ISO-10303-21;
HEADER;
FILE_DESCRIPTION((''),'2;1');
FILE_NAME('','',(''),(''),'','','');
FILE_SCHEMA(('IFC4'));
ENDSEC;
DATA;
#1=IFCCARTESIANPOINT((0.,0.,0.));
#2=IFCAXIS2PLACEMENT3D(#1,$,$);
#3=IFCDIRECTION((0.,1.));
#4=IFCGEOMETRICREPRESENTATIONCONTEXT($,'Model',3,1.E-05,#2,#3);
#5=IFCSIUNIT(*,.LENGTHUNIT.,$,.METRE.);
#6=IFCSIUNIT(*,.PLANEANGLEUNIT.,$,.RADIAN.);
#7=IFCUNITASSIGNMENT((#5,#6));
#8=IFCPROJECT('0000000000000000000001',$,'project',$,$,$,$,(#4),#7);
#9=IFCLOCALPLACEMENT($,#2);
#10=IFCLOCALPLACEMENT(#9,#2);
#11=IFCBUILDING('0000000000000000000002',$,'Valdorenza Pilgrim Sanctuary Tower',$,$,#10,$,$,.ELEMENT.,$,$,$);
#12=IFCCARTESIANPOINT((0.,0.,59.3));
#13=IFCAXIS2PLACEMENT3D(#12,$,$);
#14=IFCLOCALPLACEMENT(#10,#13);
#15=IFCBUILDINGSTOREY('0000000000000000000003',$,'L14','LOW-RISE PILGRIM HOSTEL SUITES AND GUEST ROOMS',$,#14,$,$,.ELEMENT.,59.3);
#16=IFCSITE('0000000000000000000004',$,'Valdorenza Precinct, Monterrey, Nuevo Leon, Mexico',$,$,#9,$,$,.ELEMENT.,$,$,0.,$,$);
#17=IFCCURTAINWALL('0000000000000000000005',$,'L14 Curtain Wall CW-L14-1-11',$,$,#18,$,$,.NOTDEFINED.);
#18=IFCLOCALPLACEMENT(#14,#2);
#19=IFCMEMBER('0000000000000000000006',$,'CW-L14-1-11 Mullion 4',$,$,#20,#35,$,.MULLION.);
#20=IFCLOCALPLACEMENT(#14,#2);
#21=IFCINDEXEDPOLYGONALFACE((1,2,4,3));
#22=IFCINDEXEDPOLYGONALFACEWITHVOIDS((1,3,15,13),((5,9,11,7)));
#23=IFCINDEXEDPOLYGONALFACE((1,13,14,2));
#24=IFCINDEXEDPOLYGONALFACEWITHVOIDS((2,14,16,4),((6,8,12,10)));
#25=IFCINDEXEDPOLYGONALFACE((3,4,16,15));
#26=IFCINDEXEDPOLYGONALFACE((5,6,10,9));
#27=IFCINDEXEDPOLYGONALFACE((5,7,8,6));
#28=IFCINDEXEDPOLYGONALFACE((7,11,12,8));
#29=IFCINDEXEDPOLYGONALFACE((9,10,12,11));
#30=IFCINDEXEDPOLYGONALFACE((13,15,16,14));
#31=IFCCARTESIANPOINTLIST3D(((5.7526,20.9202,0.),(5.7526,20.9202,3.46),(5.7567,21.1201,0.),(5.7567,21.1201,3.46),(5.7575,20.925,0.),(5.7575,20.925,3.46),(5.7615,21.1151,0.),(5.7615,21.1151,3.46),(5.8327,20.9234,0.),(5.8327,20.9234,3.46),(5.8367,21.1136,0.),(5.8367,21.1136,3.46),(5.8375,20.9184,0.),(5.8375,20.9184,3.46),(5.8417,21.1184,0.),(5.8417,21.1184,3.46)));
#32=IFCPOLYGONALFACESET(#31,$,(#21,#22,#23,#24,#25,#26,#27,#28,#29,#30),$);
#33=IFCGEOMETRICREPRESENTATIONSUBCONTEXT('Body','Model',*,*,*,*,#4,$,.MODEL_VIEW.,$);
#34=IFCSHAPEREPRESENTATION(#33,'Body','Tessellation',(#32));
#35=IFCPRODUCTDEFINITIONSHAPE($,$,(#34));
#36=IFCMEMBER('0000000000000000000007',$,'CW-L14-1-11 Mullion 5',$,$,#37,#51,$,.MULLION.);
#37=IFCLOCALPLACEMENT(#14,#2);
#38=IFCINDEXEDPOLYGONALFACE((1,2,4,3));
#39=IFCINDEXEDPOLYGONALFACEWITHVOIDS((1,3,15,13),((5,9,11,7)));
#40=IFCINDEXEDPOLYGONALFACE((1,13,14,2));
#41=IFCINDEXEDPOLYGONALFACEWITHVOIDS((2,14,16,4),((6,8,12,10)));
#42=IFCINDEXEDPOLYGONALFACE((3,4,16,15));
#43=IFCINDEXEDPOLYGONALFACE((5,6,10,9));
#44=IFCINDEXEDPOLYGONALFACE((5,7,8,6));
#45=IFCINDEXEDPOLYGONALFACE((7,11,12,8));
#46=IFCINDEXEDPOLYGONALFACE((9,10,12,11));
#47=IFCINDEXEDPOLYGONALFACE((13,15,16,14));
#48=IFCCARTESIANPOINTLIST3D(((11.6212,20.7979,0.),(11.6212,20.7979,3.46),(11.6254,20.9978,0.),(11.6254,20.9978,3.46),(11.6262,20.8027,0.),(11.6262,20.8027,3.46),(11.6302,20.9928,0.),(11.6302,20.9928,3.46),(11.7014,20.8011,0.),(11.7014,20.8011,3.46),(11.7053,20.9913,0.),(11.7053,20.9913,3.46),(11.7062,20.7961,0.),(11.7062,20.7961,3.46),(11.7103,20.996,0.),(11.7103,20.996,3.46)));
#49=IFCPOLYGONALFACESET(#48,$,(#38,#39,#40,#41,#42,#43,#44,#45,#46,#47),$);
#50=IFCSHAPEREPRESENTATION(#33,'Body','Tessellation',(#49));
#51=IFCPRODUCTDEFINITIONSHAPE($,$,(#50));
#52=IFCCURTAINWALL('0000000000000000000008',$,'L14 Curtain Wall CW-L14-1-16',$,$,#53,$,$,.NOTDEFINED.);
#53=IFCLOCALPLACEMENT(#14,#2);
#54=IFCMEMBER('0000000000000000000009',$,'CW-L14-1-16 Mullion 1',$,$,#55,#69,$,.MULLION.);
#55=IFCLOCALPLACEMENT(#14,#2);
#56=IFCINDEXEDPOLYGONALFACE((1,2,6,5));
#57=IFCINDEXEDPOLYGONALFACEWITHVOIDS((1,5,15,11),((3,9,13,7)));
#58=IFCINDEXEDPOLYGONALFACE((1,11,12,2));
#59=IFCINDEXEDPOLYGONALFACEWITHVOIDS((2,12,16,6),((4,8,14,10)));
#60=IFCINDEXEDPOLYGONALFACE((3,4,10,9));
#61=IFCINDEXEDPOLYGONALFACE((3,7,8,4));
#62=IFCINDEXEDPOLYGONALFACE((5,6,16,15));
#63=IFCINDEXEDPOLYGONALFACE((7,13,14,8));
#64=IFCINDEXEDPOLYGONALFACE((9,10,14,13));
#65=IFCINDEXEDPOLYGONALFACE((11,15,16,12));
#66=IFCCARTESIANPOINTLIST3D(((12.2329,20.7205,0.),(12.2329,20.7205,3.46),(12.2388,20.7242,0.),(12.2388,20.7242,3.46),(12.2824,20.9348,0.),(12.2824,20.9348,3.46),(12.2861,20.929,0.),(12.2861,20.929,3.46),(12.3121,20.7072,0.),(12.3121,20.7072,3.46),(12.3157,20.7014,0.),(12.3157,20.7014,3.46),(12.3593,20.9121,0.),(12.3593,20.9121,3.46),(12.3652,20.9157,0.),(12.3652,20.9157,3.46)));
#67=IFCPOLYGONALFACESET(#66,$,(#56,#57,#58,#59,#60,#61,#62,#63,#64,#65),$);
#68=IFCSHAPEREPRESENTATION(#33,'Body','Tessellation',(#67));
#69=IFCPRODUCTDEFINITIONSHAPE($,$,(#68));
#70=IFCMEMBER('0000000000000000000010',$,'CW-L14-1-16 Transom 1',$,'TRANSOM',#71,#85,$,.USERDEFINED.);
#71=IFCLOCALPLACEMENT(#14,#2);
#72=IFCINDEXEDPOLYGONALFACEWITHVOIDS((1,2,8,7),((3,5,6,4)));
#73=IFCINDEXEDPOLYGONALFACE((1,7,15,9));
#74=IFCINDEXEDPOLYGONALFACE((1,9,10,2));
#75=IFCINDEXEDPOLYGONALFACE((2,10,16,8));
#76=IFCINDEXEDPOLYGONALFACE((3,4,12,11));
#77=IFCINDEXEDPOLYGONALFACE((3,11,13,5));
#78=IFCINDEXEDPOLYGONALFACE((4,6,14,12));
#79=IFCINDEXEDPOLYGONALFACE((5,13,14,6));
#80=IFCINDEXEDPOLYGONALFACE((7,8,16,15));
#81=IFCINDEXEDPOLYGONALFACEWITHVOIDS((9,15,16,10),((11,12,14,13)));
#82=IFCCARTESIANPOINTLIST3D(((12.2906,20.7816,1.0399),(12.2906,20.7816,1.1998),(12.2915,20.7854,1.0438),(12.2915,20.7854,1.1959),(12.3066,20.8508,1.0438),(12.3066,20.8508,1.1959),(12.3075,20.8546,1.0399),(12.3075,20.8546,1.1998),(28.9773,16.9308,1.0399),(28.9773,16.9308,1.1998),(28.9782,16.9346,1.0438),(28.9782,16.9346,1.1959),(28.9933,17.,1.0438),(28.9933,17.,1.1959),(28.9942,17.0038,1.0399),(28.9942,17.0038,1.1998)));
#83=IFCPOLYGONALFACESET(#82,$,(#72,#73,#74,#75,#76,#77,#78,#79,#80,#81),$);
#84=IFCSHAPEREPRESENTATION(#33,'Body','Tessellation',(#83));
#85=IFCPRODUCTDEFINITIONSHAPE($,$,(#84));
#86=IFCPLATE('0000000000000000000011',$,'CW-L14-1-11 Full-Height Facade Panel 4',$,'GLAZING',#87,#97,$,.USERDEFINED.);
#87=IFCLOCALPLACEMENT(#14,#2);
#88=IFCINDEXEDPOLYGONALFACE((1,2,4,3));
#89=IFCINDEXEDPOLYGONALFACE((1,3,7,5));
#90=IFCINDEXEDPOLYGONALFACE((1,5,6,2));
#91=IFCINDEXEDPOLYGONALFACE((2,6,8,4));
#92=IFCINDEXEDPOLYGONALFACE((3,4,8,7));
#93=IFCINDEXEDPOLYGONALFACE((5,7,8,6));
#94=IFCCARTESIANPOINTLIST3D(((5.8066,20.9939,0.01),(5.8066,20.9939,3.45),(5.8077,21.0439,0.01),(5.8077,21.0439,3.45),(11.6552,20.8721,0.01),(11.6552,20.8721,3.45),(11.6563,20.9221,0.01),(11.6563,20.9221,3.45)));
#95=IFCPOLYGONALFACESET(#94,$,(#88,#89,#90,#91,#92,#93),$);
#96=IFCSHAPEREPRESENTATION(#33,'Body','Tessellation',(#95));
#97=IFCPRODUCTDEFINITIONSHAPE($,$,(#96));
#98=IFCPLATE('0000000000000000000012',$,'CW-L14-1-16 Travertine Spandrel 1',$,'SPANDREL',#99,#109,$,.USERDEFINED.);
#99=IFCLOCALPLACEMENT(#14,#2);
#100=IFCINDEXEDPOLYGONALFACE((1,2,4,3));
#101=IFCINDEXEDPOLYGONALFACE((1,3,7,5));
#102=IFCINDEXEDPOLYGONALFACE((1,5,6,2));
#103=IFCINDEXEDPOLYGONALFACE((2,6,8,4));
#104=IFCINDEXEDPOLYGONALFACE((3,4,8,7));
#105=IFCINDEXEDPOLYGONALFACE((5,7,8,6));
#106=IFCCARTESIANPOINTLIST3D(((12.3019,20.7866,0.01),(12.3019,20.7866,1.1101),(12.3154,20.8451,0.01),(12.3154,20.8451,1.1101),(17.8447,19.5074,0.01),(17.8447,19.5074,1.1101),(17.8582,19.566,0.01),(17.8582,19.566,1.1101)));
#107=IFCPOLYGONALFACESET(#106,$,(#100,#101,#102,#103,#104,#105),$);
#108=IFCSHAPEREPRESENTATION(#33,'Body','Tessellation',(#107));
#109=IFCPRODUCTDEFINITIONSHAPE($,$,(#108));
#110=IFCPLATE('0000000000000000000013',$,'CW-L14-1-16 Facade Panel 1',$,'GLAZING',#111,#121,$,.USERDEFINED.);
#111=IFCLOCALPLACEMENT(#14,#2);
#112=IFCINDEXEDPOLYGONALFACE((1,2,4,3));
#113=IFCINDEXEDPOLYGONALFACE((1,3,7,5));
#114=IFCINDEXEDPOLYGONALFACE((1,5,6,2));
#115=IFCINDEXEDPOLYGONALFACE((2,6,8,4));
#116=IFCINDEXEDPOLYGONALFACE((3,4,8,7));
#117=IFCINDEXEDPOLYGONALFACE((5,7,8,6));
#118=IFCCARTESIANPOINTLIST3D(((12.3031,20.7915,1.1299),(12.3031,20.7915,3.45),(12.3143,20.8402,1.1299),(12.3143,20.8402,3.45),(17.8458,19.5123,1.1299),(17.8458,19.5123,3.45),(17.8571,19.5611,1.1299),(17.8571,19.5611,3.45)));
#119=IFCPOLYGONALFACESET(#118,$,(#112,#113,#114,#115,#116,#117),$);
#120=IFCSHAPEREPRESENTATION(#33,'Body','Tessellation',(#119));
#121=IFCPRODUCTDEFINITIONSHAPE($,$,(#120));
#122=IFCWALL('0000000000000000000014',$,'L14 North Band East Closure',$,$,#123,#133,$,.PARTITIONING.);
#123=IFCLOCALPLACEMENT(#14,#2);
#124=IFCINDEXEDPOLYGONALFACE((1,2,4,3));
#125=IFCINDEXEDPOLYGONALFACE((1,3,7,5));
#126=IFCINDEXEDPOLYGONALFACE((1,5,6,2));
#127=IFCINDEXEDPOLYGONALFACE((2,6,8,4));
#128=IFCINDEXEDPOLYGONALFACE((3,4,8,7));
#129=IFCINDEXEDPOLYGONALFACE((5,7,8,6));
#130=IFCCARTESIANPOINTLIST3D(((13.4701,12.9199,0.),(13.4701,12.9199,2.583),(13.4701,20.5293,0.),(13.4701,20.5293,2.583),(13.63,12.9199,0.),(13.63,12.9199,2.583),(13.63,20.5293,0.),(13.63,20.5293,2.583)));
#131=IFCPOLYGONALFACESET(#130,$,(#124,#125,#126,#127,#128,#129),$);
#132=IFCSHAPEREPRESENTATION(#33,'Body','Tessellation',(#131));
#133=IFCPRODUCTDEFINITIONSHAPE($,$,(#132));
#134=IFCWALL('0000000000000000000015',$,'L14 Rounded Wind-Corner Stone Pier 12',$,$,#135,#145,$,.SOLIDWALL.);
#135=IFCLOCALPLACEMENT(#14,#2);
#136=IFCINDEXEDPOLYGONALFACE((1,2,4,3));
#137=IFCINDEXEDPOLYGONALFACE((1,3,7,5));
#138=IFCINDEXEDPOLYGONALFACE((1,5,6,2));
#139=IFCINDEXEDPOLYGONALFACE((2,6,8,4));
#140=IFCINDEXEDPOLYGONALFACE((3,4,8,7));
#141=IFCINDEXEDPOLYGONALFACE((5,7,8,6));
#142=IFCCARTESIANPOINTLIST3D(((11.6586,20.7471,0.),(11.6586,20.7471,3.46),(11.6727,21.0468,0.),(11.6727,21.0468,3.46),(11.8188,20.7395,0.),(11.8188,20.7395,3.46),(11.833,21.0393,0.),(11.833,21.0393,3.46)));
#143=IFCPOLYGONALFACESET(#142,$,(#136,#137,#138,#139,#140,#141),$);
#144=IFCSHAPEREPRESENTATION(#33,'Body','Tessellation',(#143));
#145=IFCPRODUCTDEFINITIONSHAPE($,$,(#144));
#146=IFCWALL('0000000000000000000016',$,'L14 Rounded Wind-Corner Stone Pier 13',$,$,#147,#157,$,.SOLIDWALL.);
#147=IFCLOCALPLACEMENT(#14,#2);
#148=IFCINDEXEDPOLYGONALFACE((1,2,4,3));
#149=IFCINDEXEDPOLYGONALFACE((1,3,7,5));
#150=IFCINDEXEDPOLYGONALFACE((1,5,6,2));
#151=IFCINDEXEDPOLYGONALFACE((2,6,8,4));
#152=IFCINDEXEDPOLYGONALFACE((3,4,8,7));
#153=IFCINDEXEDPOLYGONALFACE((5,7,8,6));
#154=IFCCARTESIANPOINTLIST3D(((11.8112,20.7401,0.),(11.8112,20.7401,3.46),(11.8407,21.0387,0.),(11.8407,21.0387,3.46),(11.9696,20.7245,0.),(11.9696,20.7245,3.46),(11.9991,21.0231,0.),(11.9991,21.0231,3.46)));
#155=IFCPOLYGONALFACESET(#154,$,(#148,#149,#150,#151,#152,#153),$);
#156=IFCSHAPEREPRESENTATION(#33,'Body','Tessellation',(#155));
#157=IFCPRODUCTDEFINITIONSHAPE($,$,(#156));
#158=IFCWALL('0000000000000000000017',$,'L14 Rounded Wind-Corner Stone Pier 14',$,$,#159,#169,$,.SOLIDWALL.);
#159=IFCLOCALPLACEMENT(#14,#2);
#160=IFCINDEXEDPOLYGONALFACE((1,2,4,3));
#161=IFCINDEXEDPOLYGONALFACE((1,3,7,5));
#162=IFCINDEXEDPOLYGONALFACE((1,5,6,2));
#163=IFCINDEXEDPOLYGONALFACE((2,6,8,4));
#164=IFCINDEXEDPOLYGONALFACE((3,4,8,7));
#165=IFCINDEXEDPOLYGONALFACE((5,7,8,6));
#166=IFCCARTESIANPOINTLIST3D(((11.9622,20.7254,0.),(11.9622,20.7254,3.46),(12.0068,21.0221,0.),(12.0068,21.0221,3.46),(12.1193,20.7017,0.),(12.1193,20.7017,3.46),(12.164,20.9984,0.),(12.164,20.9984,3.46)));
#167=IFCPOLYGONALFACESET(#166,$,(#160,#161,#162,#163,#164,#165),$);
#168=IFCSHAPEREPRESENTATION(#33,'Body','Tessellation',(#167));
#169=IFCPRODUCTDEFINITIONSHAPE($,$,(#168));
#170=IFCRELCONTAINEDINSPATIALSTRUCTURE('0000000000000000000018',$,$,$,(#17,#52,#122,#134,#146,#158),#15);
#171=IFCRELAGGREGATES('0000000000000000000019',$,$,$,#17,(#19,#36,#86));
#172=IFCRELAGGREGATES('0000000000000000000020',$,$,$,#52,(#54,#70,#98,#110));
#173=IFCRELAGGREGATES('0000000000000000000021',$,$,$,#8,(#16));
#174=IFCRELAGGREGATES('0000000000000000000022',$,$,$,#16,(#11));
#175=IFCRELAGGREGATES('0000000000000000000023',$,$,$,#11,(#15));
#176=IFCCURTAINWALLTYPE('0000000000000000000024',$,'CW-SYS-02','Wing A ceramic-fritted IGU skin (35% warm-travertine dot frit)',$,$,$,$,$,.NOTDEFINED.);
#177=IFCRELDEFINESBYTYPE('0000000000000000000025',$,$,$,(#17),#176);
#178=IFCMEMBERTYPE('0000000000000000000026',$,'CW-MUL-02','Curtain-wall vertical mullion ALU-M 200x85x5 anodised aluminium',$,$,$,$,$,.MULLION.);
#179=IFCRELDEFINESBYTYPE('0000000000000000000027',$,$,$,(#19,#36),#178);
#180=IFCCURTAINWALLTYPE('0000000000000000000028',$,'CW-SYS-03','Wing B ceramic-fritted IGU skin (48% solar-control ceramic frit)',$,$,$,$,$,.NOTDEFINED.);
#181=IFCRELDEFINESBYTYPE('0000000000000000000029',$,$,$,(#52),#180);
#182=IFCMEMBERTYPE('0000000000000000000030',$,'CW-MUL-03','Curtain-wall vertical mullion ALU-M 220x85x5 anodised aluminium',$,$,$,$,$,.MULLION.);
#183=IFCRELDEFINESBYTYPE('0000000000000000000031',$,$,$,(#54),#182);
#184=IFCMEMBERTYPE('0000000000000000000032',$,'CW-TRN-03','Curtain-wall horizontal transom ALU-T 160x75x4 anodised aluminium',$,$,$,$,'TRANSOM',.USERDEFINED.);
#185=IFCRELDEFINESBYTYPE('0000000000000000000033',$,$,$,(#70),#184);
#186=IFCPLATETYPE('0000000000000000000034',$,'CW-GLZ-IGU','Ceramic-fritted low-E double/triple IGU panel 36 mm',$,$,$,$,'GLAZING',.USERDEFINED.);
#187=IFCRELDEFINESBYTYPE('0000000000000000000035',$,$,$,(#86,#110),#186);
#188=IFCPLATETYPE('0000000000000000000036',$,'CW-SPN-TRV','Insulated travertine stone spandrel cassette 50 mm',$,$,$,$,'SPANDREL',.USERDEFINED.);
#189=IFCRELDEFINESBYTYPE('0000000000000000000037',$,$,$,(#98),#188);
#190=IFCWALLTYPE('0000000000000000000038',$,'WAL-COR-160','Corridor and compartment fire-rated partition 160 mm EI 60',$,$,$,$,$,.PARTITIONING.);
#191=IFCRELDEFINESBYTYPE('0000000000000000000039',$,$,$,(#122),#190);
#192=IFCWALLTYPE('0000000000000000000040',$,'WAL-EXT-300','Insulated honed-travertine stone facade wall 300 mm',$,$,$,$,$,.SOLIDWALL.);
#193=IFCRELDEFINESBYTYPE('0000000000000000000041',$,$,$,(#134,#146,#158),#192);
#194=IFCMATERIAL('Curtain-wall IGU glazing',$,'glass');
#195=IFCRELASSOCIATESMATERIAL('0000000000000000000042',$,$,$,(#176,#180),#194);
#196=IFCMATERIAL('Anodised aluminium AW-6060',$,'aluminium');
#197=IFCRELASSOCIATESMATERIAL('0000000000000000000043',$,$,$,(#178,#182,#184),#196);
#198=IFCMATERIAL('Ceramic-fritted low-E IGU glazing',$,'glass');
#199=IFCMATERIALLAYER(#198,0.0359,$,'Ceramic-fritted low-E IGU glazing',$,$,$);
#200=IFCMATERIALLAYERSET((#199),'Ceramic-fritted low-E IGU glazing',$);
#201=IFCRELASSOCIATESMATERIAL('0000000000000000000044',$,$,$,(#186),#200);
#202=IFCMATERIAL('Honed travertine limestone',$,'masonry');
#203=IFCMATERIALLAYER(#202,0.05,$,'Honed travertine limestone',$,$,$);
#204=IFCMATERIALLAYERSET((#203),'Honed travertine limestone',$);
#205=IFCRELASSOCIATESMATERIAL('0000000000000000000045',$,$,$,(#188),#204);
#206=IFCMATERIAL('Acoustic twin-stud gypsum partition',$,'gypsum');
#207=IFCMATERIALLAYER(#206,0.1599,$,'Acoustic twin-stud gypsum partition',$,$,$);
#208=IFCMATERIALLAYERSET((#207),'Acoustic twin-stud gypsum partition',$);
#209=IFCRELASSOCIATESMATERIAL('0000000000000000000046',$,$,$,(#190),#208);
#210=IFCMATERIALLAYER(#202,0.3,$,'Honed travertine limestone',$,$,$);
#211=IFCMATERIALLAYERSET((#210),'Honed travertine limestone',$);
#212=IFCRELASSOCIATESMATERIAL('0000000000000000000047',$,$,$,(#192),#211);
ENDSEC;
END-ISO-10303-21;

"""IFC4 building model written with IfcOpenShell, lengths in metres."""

from ifc_helpers import new_model, si_unit, direction, frame, frame_2d, origin, origin_2d, place, context, subcontext, project, spatial, rectangle, hollow_rectangle, extrude, source, transform, mapped, material, layer, layer_set, material_profile, profile_set, type_object, element, aggregate, save


model = new_model("IFC4")

# Units and contexts
model_context = context("Model", 3, precision=1e-05, world=origin(), true_north=direction((0.0, 1.0)))
body_context = subcontext(model_context, "Body", "Model", "MODEL_VIEW")
ifc_project = project(units=[si_unit("LENGTHUNIT", "METRE"), si_unit("PLANEANGLEUNIT", "RADIAN")], contexts=[model_context])

# Site, building, storey
site_placement = place(None, origin())
site = spatial("IfcSite", under=ifc_project, at=site_placement, Name="Valdorenza Precinct, Monterrey, Nuevo Leon, Mexico", CompositionType="ELEMENT", RefElevation=0.0)
building_placement = place(site_placement, origin())
building = spatial("IfcBuilding", under=site, at=building_placement, Name="Valdorenza Pilgrim Sanctuary Tower", CompositionType="ELEMENT")
storey_placement = place(building_placement, frame((0.0, 0.0, 59.3)))
storey = spatial("IfcBuildingStorey", under=building, at=storey_placement, Name="L14", Description="LOW-RISE PILGRIM HOSTEL SUITES AND GUEST ROOMS", CompositionType="ELEMENT", Elevation=59.3)

# Curtain walls, members
ifc_material_1 = material(Name="Curtain-wall IGU glazing", Category="glass")
curtain_wall_type_1 = type_object("IfcCurtainWallType", Name="CW-SYS-02", Description="Wing A ceramic-fritted IGU skin (35% warm-travertine dot frit)", PredefinedType="NOTDEFINED", material=ifc_material_1)
curtain_wall_1_placement = place(storey_placement, origin())
curtain_wall_1 = element("IfcCurtainWall", 1, at=curtain_wall_1_placement, inside=storey, type_object=curtain_wall_type_1, Name="L14 Curtain Wall CW-L14-1-11", PredefinedType="NOTDEFINED")
ifc_material_2 = material(Name="Anodised aluminium AW-6060", Category="aluminium")
ifc_material_profile_1 = material_profile(ifc_material_2, hollow_rectangle(XDim=0.085, YDim=0.2, WallThickness=0.0049, at=origin_2d()), Name="ALU-M 200x85x5")
ifc_profile_set_1 = profile_set([ifc_material_profile_1], Name="Anodised aluminium AW-6060")
member_type_1 = type_object("IfcMemberType", Name="CW-MUL-02", Description="Curtain-wall vertical mullion ALU-M 200x85x5 anodised aluminium", PredefinedType="MULLION", material=ifc_profile_set_1)
shared_shape_1 = source(origin(), body_context, "Body", "SweptSolid", [
    extrude(hollow_rectangle(XDim=0.085, YDim=0.2, WallThickness=0.0049, at=origin_2d()), origin(), (0.0, 0.0, 1.0), 3.46),
])
member_1_placement = place(storey_placement, frame((5.7971, 21.0193, 0.0), z_axis=(0.0, 0.0, 1.0), x_axis=(0.999783, -0.02082, 0.0)))
member_1 = element("IfcMember", 2, at=member_1_placement, type_object=member_type_1, Name="CW-L14-1-11 Mullion 4", PredefinedType="MULLION", context=body_context, shape_type="MappedRepresentation", body=[
    mapped(shared_shape_1, transform((0.0, 0.0, 0.0), x_axis=(1.0, 0.0, 0.0), y_axis=(0.0, 1.0, 0.0), z_axis=(0.0, 0.0, 1.0), scale=1.0)),
])
member_2_placement = place(storey_placement, frame((11.6658, 20.897, 0.0), z_axis=(0.0, 0.0, 1.0), x_axis=(0.999783, -0.02082, 0.0)))
member_2 = element("IfcMember", 3, at=member_2_placement, type_object=member_type_1, Name="CW-L14-1-11 Mullion 5", PredefinedType="MULLION", context=body_context, shape_type="MappedRepresentation", body=[
    mapped(shared_shape_1, transform((0.0, 0.0, 0.0), x_axis=(1.0, 0.0, 0.0), y_axis=(0.0, 1.0, 0.0), z_axis=(0.0, 0.0, 1.0), scale=1.0)),
])
curtain_wall_type_2 = type_object("IfcCurtainWallType", Name="CW-SYS-03", Description="Wing B ceramic-fritted IGU skin (48% solar-control ceramic frit)", PredefinedType="NOTDEFINED", material=ifc_material_1)
curtain_wall_2_placement = place(storey_placement, origin())
curtain_wall_2 = element("IfcCurtainWall", 4, at=curtain_wall_2_placement, inside=storey, type_object=curtain_wall_type_2, Name="L14 Curtain Wall CW-L14-1-16", PredefinedType="NOTDEFINED")
ifc_material_profile_2 = material_profile(ifc_material_2, hollow_rectangle(XDim=0.085, YDim=0.22, WallThickness=0.0049, at=origin_2d()), Name="ALU-M 220x85x5")
ifc_profile_set_2 = profile_set([ifc_material_profile_2], Name="Anodised aluminium AW-6060")
member_type_2 = type_object("IfcMemberType", Name="CW-MUL-03", Description="Curtain-wall vertical mullion ALU-M 220x85x5 anodised aluminium", PredefinedType="MULLION", material=ifc_profile_set_2)
shared_shape_2 = source(origin(), body_context, "Body", "SweptSolid", [
    extrude(hollow_rectangle(XDim=0.085, YDim=0.22, WallThickness=0.0049, at=origin_2d()), origin(), (0.0, 0.0, 1.0), 3.46),
])
member_3_placement = place(storey_placement, frame((12.2991, 20.8181, 0.0), z_axis=(0.0, 0.0, 1.0), x_axis=(0.97439, -0.224866, 0.0)))
member_3 = element("IfcMember", 5, at=member_3_placement, type_object=member_type_2, Name="CW-L14-1-16 Mullion 1", PredefinedType="MULLION", context=body_context, shape_type="MappedRepresentation", body=[
    mapped(shared_shape_2, transform((0.0, 0.0, 0.0), x_axis=(1.0, 0.0, 0.0), y_axis=(0.0, 1.0, 0.0), z_axis=(0.0, 0.0, 1.0), scale=1.0)),
])
ifc_material_profile_3 = material_profile(ifc_material_2, hollow_rectangle(XDim=0.075, YDim=0.1599, WallThickness=0.0039, at=origin_2d()), Name="ALU-T 160x75x4")
ifc_profile_set_3 = profile_set([ifc_material_profile_3], Name="Anodised aluminium AW-6060")
member_type_3 = type_object("IfcMemberType", Name="CW-TRN-03", Description="Curtain-wall horizontal transom ALU-T 160x75x4 anodised aluminium", ElementType="TRANSOM", PredefinedType="USERDEFINED", material=ifc_profile_set_3)
shared_shape_3 = source(origin(), body_context, "Body", "SweptSolid", [
    extrude(hollow_rectangle(XDim=0.075, YDim=0.1599, WallThickness=0.0039, at=origin_2d()), origin(), (0.0, 0.0, 1.0), 17.1252),
])
member_4_placement = place(storey_placement, frame((12.2991, 20.8181, 1.1199), z_axis=(0.974391, -0.224862, 0.0), x_axis=(0.224862, 0.974391, 0.0)))
member_4 = element("IfcMember", 6, at=member_4_placement, type_object=member_type_3, Name="CW-L14-1-16 Transom 1", ObjectType="TRANSOM", PredefinedType="USERDEFINED", context=body_context, shape_type="MappedRepresentation", body=[
    mapped(shared_shape_3, transform((0.0, 0.0, 0.0), x_axis=(1.0, 0.0, 0.0), y_axis=(0.0, 1.0, 0.0), z_axis=(0.0, 0.0, 1.0), scale=1.0)),
])

# Plates
ifc_material_3 = material(Name="Ceramic-fritted low-E IGU glazing", Category="glass")
ifc_layer_1 = layer(ifc_material_3, 0.0359, Name="Ceramic-fritted low-E IGU glazing")
ifc_layer_set_1 = layer_set([ifc_layer_1], Name="Ceramic-fritted low-E IGU glazing")
plate_type_1 = type_object("IfcPlateType", Name="CW-GLZ-IGU", Description="Ceramic-fritted low-E double/triple IGU panel 36 mm", ElementType="GLAZING", PredefinedType="USERDEFINED", material=ifc_layer_set_1)
shared_shape_4 = source(origin(), body_context, "Body", "SweptSolid", [
    extrude(rectangle(XDim=5.8499, YDim=0.05, at=origin_2d()), origin(), (0.0, 0.0, 1.0), 3.4399),
])
plate_1_placement = place(storey_placement, frame((8.7314, 20.958, 0.01), z_axis=(0.0, 0.0, 1.0), x_axis=(0.999783, -0.02082, 0.0)))
plate_1 = element("IfcPlate", 7, at=plate_1_placement, type_object=plate_type_1, Name="CW-L14-1-11 Full-Height Facade Panel 4", ObjectType="GLAZING", PredefinedType="USERDEFINED", context=body_context, shape_type="MappedRepresentation", body=[
    mapped(shared_shape_4, transform((0.0, 0.0, 0.0), x_axis=(1.0, 0.0, 0.0), y_axis=(0.0, 1.0, 0.0), z_axis=(0.0, 0.0, 1.0), scale=1.0)),
])
aggregate(curtain_wall_1, [member_1, member_2, plate_1])
ifc_material_4 = material(Name="Honed travertine limestone", Category="masonry")
ifc_layer_2 = layer(ifc_material_4, 0.05, Name="Honed travertine limestone")
ifc_layer_set_2 = layer_set([ifc_layer_2], Name="Honed travertine limestone")
plate_type_2 = type_object("IfcPlateType", Name="CW-SPN-TRV", Description="Insulated travertine stone spandrel cassette 50 mm", ElementType="SPANDREL", PredefinedType="USERDEFINED", material=ifc_layer_set_2)
shared_shape_5 = source(origin(), body_context, "Body", "SweptSolid", [
    extrude(rectangle(XDim=5.6885, YDim=0.0601, at=origin_2d()), origin(), (0.0, 0.0, 1.0), 1.1001),
])
plate_2_placement = place(storey_placement, frame((15.0801, 20.1763, 0.01), z_axis=(0.0, 0.0, 1.0), x_axis=(0.97439, -0.224866, 0.0)))
plate_2 = element("IfcPlate", 8, at=plate_2_placement, type_object=plate_type_2, Name="CW-L14-1-16 Travertine Spandrel 1", ObjectType="SPANDREL", PredefinedType="USERDEFINED", context=body_context, shape_type="MappedRepresentation", body=[
    mapped(shared_shape_5, transform((0.0, 0.0, 0.0), x_axis=(1.0, 0.0, 0.0), y_axis=(0.0, 1.0, 0.0), z_axis=(0.0, 0.0, 1.0), scale=1.0)),
])
shared_shape_6 = source(origin(), body_context, "Body", "SweptSolid", [
    extrude(rectangle(XDim=5.6885, YDim=0.05, at=origin_2d()), origin(), (0.0, 0.0, 1.0), 2.3201),
])
plate_3_placement = place(storey_placement, frame((15.0801, 20.1763, 1.1299), z_axis=(0.0, 0.0, 1.0), x_axis=(0.97439, -0.224866, 0.0)))
plate_3 = element("IfcPlate", 9, at=plate_3_placement, type_object=plate_type_1, Name="CW-L14-1-16 Facade Panel 1", ObjectType="GLAZING", PredefinedType="USERDEFINED", context=body_context, shape_type="MappedRepresentation", body=[
    mapped(shared_shape_6, transform((0.0, 0.0, 0.0), x_axis=(1.0, 0.0, 0.0), y_axis=(0.0, 1.0, 0.0), z_axis=(0.0, 0.0, 1.0), scale=1.0)),
])
aggregate(curtain_wall_2, [member_3, member_4, plate_2, plate_3])

# Walls
ifc_material_5 = material(Name="Acoustic twin-stud gypsum partition", Category="gypsum")
ifc_layer_3 = layer(ifc_material_5, 0.1599, Name="Acoustic twin-stud gypsum partition")
ifc_layer_set_3 = layer_set([ifc_layer_3], Name="Acoustic twin-stud gypsum partition")
wall_type_1 = type_object("IfcWallType", Name="WAL-COR-160", Description="Corridor and compartment fire-rated partition 160 mm EI 60", PredefinedType="PARTITIONING", material=ifc_layer_set_3)
wall_1_placement = place(storey_placement, frame((13.55, 12.9199, 0.0), z_axis=(0.0, 0.0, 1.0), x_axis=(0.0, 1.0, 0.0)))
element("IfcWall", 10, at=wall_1_placement, inside=storey, type_object=wall_type_1, Name="L14 North Band East Closure", PredefinedType="PARTITIONING", context=body_context, shape_type="SweptSolid", body=[
    extrude(rectangle(XDim=7.6094, YDim=0.1599, at=frame_2d((3.8047, 0.0))), origin(), (0.0, 0.0, 1.0), 2.583),
])
ifc_layer_4 = layer(ifc_material_4, 0.3, Name="Honed travertine limestone")
ifc_layer_set_4 = layer_set([ifc_layer_4], Name="Honed travertine limestone")
wall_type_2 = type_object("IfcWallType", Name="WAL-EXT-300", Description="Insulated honed-travertine stone facade wall 300 mm", PredefinedType="SOLIDWALL", material=ifc_layer_set_4)
wall_2_placement = place(storey_placement, frame((11.6658, 20.897, 0.0), z_axis=(0.0, 0.0, 1.0), x_axis=(0.998885, -0.047203, 0.0)))
element("IfcWall", 11, at=wall_2_placement, inside=storey, type_object=wall_type_2, Name="L14 Rounded Wind-Corner Stone Pier 12", PredefinedType="SOLIDWALL", context=body_context, shape_type="SweptSolid", body=[
    extrude(rectangle(XDim=0.1604, YDim=0.3, at=frame_2d((0.0801, 0.0))), origin(), (0.0, 0.0, 1.0), 3.46),
])
wall_3_placement = place(storey_placement, frame((11.8259, 20.8894, 0.0), z_axis=(0.0, 0.0, 1.0), x_axis=(0.995173, -0.098137, 0.0)))
element("IfcWall", 12, at=wall_3_placement, inside=storey, type_object=wall_type_2, Name="L14 Rounded Wind-Corner Stone Pier 13", PredefinedType="SOLIDWALL", context=body_context, shape_type="SweptSolid", body=[
    extrude(rectangle(XDim=0.1592, YDim=0.3, at=frame_2d((0.0796, 0.0))), origin(), (0.0, 0.0, 1.0), 3.46),
])
wall_4_placement = place(storey_placement, frame((11.9844, 20.8738, 0.0), z_axis=(0.0, 0.0, 1.0), x_axis=(0.988846, -0.148941, 0.0)))
element("IfcWall", 13, at=wall_4_placement, inside=storey, type_object=wall_type_2, Name="L14 Rounded Wind-Corner Stone Pier 14", PredefinedType="SOLIDWALL", context=body_context, shape_type="SweptSolid", body=[
    extrude(rectangle(XDim=0.1589, YDim=0.3, at=frame_2d((0.0796, 0.0))), origin(), (0.0, 0.0, 1.0), 3.46),
])

save(model, "model.ifc")
